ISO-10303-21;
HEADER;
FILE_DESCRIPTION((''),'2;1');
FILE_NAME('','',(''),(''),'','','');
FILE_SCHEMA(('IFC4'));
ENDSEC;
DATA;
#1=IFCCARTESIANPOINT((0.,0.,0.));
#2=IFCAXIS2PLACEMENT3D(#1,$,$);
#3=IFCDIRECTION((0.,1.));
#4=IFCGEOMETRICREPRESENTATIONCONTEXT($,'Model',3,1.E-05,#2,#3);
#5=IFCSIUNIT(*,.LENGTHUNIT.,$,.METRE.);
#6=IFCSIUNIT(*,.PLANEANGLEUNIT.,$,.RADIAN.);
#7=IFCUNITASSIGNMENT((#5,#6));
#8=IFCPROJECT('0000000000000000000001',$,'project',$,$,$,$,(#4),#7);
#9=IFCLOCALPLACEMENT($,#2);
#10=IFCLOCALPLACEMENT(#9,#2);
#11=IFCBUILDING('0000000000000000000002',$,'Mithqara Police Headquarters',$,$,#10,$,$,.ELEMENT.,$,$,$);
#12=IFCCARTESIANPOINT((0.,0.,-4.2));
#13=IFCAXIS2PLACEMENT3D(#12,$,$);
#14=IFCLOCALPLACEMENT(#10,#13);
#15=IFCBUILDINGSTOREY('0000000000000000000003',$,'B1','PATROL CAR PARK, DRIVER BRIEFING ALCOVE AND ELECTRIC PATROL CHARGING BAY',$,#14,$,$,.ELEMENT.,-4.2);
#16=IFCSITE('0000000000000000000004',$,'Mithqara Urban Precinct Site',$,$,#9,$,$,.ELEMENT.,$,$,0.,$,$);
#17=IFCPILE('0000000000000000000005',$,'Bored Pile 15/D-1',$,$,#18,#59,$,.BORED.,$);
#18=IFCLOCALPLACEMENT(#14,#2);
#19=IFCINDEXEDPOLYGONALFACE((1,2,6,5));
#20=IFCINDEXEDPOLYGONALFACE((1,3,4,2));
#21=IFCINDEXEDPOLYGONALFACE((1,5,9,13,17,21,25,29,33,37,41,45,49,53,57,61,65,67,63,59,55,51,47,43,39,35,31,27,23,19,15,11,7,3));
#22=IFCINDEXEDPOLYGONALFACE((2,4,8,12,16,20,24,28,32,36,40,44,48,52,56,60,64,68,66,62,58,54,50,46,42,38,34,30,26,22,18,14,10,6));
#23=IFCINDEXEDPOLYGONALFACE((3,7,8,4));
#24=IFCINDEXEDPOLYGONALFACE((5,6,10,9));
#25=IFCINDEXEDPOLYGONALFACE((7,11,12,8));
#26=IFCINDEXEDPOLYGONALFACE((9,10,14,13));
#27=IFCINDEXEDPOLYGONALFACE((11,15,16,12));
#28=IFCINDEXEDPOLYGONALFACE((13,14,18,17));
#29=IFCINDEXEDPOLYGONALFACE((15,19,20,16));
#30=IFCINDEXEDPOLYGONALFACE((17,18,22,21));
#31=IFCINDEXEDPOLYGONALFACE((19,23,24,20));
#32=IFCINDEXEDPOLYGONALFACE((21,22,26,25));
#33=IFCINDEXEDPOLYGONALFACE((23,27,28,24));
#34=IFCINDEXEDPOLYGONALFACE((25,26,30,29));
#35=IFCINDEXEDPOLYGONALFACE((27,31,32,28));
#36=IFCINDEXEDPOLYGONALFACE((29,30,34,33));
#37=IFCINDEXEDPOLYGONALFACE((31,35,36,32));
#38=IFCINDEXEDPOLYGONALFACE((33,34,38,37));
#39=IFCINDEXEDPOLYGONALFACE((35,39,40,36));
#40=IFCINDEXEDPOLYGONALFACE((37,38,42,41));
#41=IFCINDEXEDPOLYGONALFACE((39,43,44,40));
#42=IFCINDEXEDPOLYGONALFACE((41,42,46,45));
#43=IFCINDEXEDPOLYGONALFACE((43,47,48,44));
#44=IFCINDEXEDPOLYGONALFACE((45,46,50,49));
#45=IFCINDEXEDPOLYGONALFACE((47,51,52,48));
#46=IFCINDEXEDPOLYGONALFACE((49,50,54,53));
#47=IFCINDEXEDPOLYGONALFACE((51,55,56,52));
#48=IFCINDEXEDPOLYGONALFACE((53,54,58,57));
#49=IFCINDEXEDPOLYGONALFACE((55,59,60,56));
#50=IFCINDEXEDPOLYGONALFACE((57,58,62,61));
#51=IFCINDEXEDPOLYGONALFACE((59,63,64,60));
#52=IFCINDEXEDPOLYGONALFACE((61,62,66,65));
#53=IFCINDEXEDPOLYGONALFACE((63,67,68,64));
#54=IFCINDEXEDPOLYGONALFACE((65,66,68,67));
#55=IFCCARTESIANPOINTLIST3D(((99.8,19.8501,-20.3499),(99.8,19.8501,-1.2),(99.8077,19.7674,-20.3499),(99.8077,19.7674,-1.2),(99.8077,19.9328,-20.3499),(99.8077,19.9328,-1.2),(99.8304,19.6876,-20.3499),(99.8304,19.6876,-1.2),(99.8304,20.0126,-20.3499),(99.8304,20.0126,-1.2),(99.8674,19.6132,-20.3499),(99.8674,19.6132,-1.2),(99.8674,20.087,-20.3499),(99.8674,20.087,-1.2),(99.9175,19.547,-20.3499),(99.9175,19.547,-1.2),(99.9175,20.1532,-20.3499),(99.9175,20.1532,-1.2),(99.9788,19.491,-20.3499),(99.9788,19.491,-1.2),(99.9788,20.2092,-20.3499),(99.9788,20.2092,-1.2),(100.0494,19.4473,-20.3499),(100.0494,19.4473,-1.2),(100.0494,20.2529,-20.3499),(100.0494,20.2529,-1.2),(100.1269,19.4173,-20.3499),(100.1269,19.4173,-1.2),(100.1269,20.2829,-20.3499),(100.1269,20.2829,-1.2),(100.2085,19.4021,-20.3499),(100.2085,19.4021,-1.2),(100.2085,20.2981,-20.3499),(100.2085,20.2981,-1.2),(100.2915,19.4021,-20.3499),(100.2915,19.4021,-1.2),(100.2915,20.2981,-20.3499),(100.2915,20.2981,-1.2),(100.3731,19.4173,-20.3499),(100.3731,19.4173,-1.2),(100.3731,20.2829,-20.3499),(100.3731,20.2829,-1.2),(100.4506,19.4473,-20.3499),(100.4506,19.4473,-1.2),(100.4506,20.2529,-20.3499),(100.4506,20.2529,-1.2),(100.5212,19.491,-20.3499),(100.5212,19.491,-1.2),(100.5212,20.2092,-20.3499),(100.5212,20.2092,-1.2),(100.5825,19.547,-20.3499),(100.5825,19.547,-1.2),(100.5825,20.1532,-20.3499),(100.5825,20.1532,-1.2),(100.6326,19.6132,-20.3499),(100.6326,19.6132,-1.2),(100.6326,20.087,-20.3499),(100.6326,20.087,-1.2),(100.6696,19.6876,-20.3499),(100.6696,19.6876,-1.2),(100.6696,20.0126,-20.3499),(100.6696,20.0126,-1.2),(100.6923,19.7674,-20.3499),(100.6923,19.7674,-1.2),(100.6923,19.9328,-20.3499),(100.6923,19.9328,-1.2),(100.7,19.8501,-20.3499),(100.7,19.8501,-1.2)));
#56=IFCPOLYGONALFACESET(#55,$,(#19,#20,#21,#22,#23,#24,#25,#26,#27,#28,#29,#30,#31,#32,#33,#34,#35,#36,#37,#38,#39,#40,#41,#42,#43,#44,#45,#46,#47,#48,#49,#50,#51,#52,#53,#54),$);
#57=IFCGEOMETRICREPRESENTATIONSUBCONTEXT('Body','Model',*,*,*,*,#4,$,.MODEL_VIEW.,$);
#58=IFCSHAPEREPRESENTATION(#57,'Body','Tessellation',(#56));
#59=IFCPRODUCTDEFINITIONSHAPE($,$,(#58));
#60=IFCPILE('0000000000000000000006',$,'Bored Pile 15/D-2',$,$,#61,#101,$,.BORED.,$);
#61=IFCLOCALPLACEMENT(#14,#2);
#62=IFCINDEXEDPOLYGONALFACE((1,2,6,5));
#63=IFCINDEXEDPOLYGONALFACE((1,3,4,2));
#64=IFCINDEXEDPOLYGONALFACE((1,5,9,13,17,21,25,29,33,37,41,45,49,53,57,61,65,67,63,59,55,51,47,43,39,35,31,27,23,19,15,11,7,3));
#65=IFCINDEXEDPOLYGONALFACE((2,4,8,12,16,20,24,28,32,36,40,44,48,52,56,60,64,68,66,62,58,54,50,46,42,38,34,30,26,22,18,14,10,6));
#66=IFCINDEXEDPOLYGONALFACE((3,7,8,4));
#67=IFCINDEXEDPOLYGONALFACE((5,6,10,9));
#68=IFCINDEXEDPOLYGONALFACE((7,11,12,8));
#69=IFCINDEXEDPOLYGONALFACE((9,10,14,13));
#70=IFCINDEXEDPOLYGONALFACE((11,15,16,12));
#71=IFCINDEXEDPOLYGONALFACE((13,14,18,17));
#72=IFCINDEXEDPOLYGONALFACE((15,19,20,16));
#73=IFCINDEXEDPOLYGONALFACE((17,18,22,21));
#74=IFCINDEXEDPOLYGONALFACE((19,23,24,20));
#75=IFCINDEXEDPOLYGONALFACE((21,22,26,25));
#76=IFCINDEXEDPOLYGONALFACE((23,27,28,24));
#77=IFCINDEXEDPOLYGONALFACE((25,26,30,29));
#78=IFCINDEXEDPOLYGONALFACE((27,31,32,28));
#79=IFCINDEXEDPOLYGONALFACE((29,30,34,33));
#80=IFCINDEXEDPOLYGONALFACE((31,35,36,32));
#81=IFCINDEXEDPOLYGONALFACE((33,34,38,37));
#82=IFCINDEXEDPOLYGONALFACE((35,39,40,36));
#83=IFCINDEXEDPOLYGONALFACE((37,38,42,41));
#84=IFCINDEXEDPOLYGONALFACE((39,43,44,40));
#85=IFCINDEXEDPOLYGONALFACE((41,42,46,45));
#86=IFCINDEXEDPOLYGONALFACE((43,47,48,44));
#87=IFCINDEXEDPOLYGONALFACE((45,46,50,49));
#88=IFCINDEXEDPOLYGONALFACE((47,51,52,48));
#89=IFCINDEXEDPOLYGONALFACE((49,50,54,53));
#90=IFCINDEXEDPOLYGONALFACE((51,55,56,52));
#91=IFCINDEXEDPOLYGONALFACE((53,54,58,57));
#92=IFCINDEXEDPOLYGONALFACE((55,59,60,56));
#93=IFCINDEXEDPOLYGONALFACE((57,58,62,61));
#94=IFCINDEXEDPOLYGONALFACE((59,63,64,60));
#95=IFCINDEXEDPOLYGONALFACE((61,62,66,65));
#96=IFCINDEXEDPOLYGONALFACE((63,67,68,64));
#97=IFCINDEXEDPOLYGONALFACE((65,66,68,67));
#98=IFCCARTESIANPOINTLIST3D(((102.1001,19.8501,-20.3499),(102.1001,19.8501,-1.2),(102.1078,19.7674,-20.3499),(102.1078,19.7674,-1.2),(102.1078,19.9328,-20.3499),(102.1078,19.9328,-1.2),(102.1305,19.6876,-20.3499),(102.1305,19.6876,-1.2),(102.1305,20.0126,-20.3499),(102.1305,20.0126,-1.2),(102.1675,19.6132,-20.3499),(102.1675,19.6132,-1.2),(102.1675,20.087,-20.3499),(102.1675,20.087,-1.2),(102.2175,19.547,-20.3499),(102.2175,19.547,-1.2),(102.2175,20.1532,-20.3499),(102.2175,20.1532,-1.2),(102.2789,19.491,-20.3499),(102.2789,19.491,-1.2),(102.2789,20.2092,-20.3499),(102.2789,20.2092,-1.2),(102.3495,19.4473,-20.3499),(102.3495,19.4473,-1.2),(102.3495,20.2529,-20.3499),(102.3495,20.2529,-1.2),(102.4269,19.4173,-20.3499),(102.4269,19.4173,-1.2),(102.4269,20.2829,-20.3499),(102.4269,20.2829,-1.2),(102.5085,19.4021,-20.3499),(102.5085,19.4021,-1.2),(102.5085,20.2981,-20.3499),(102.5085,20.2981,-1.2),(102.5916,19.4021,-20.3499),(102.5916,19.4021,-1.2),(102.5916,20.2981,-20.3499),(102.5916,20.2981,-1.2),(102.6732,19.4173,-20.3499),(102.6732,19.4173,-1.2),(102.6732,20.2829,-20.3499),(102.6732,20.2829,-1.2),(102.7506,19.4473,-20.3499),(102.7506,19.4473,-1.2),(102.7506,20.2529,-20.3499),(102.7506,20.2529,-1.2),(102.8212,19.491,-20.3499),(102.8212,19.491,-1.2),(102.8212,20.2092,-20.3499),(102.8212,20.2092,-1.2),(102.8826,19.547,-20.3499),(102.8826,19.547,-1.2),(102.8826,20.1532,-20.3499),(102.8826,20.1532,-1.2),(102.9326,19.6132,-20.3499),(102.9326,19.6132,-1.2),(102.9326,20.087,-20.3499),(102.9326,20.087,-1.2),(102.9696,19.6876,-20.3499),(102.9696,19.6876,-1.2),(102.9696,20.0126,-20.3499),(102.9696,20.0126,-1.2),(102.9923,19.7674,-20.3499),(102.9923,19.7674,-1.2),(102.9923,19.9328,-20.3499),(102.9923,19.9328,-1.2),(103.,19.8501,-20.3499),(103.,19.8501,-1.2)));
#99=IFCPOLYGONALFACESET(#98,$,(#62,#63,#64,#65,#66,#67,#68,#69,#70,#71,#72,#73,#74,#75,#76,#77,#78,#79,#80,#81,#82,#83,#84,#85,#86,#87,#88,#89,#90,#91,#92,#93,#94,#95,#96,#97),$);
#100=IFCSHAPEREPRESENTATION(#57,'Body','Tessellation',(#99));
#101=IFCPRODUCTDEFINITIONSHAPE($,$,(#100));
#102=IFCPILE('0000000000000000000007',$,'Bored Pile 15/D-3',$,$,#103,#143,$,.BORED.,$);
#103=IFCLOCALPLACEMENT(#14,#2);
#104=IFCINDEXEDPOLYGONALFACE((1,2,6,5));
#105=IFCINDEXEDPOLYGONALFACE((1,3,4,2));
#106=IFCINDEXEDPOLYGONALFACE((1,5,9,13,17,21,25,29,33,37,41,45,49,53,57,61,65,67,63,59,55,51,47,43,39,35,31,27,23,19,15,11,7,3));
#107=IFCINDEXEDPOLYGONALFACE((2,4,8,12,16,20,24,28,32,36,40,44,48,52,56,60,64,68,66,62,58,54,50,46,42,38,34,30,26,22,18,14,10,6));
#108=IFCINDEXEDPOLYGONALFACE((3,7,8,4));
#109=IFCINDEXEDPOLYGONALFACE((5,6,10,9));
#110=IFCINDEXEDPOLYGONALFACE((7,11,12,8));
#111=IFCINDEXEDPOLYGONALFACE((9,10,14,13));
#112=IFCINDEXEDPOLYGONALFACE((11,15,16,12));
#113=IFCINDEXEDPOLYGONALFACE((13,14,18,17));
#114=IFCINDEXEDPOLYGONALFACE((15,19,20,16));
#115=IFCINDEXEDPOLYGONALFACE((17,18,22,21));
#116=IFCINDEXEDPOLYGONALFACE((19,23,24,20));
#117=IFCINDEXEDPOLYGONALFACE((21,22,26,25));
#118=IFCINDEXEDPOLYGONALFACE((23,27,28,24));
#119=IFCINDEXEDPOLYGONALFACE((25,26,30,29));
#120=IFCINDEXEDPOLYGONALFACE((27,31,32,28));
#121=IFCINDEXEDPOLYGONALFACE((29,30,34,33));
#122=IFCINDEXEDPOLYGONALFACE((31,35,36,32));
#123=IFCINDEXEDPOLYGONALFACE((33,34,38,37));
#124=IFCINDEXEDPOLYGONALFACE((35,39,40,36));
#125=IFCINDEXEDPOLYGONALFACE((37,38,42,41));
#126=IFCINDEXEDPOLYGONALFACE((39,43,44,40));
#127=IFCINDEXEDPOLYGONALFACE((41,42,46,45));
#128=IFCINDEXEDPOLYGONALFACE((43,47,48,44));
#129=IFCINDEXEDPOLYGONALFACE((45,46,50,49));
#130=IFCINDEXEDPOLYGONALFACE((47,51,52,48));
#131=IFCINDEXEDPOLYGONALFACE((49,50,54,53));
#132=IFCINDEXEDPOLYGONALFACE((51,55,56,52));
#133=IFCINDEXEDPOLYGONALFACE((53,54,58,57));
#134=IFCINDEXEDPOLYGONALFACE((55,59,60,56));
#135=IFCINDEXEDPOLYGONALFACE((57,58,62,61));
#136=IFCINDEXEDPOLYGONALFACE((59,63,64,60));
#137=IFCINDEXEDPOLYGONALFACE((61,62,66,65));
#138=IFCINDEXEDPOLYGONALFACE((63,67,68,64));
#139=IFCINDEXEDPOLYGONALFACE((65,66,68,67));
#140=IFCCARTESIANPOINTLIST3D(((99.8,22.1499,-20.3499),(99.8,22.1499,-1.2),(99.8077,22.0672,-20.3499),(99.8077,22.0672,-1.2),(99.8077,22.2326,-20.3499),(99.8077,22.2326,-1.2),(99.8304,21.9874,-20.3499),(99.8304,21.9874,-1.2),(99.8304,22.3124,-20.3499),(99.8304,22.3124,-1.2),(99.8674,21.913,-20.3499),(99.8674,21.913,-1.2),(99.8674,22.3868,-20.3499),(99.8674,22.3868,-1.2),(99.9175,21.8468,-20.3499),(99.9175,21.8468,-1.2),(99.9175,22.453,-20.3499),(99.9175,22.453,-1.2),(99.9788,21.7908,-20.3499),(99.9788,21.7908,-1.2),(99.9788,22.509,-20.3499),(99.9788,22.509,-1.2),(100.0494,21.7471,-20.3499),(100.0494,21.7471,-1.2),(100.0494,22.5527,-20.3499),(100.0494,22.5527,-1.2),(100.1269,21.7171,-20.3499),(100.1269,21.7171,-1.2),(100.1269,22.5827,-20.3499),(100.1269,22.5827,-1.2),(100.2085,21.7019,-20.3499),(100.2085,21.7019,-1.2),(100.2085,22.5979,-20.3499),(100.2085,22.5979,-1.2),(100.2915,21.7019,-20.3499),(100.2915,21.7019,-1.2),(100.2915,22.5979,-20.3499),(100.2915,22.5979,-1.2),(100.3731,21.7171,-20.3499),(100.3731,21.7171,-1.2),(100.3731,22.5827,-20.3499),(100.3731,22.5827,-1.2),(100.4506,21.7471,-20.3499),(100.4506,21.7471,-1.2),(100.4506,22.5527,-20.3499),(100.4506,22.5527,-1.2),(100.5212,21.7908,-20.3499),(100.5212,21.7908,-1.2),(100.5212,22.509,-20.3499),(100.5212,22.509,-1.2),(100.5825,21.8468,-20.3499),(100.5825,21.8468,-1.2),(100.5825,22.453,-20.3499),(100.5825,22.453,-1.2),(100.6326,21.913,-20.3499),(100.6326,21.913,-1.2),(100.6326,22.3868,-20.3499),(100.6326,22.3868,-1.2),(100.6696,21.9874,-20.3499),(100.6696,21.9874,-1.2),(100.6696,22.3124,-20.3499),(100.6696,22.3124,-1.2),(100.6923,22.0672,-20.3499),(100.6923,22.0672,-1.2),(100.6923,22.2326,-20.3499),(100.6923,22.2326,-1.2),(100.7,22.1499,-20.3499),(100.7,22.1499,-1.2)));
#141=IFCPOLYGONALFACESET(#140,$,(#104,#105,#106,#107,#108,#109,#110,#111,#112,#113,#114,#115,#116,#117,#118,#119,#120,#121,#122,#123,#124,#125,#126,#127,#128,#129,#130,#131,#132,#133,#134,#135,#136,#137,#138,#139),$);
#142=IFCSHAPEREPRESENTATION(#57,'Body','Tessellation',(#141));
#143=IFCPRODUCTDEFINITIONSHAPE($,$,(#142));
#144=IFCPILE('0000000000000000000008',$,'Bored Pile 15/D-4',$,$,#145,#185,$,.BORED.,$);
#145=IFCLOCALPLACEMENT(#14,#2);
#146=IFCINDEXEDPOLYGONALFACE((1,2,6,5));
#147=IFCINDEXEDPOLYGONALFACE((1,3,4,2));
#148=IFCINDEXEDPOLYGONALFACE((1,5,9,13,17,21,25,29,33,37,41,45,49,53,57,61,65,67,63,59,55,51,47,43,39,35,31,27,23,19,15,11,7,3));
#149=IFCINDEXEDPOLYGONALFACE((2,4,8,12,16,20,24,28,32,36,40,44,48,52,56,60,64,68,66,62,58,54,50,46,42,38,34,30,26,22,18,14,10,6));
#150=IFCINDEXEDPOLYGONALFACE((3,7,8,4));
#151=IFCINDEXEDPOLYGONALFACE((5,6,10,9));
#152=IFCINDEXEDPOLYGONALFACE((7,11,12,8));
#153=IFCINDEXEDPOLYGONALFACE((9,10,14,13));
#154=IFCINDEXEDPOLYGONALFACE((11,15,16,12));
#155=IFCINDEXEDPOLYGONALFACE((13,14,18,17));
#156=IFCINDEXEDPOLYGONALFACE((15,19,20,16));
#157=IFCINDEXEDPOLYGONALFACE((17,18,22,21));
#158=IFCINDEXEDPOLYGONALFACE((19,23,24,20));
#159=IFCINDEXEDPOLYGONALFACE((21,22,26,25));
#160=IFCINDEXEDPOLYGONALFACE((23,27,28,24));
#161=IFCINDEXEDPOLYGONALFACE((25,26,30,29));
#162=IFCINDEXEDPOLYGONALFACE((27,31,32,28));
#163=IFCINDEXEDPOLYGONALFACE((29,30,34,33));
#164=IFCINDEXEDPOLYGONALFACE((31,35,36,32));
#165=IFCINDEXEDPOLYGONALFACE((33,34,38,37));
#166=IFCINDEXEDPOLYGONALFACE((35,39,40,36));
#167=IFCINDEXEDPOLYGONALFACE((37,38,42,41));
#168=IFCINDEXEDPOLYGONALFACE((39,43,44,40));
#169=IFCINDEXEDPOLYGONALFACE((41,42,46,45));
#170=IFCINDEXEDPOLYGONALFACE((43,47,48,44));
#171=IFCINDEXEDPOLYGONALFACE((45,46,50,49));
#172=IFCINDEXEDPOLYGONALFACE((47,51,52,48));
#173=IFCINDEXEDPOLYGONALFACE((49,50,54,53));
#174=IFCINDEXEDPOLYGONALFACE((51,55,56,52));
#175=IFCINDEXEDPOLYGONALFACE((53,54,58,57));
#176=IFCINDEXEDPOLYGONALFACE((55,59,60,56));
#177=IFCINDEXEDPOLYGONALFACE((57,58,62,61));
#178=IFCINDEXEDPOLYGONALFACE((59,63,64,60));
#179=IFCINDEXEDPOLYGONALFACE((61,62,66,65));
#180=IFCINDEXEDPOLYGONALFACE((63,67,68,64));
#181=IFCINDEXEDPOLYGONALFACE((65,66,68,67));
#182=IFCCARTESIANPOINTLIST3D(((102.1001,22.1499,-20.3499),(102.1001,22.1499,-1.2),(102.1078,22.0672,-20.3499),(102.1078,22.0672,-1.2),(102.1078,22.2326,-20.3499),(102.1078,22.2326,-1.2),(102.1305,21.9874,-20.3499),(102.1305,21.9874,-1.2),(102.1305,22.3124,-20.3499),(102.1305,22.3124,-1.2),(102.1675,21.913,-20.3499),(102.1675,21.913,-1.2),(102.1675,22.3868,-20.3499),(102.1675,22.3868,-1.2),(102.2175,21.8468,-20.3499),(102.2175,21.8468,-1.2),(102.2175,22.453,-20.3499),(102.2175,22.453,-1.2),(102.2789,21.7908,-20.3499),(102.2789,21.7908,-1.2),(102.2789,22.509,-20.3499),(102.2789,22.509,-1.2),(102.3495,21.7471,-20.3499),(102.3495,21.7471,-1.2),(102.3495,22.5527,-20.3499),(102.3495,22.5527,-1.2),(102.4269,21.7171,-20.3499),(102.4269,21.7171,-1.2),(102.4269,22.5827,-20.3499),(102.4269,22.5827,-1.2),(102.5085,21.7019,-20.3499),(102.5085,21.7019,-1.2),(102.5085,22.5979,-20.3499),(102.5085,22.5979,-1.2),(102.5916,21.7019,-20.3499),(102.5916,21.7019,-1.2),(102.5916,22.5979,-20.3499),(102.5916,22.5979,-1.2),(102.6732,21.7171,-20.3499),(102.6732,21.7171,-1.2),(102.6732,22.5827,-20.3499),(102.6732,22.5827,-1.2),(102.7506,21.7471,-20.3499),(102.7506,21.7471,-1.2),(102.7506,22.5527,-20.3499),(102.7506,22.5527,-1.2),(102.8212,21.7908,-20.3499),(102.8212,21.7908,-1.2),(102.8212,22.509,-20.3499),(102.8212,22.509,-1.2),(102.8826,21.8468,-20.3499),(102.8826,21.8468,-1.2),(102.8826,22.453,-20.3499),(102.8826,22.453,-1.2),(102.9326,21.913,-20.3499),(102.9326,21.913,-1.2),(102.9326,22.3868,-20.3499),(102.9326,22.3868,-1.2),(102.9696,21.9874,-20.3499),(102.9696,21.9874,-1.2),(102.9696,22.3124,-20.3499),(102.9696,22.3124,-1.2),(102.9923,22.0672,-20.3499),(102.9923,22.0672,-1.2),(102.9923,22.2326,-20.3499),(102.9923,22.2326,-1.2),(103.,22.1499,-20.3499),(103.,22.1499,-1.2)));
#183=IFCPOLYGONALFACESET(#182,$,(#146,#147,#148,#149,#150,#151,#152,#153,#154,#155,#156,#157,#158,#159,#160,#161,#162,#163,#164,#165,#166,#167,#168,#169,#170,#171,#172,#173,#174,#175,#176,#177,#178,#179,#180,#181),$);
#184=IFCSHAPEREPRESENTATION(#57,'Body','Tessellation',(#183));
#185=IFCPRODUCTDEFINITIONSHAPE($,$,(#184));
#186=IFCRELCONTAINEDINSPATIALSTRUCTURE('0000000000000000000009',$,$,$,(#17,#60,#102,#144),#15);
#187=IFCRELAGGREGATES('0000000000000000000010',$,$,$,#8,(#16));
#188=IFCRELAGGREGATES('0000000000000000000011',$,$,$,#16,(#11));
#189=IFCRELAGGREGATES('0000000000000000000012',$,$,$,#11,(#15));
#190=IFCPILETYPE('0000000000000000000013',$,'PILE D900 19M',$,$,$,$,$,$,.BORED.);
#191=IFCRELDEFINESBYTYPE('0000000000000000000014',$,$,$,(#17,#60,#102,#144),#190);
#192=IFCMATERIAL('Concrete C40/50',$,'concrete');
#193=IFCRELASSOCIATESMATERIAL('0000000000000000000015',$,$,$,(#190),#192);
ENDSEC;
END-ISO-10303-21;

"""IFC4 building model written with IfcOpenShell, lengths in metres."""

from ifc_helpers import new_model, si_unit, direction, frame, origin, origin_2d, place, context, subcontext, project, spatial, circle, extrude, material, material_profile, profile_set, type_object, element, save


model = new_model("IFC4")

# Units and contexts
model_context = context("Model", 3, precision=1e-05, world=origin(), true_north=direction((0.0, 1.0)))
body_context = subcontext(model_context, "Body", "Model", "MODEL_VIEW")
ifc_project = project(units=[si_unit("LENGTHUNIT", "METRE"), si_unit("PLANEANGLEUNIT", "RADIAN")], contexts=[model_context])

# Site, building, storey
site_placement = place(None, origin())
site = spatial("IfcSite", under=ifc_project, at=site_placement, Name="Mithqara Urban Precinct Site", CompositionType="ELEMENT", RefElevation=0.0)
building_placement = place(site_placement, origin())
building = spatial("IfcBuilding", under=site, at=building_placement, Name="Mithqara Police Headquarters", CompositionType="ELEMENT")
storey_placement = place(building_placement, frame((0.0, 0.0, -4.2)))
storey = spatial("IfcBuildingStorey", under=building, at=storey_placement, Name="B1", Description="PATROL CAR PARK, DRIVER BRIEFING ALCOVE AND ELECTRIC PATROL CHARGING BAY", CompositionType="ELEMENT", Elevation=-4.2)

# Shared definitions
ifc_material_1 = material(Name="Concrete C40/50", Category="concrete")

# Piles
ifc_material_profile_1 = material_profile(ifc_material_1, circle(Radius=0.45, at=origin_2d()), Name="PILE D900")
ifc_profile_set_1 = profile_set([ifc_material_profile_1], Name="Concrete C40/50")
pile_type_1 = type_object("IfcPileType", Name="PILE D900 19M", PredefinedType="BORED", material=ifc_profile_set_1)
for number, where, z_axis, x_axis, name in (
    (1, (100.25, 19.8501, -1.2), (0.0, 0.0, -1.0), (1.0, 0.0, 0.0), "Bored Pile 15/D-1"),
    (2, (102.55, 19.8501, -1.2), (0.0, 0.0, -1.0), (1.0, 0.0, 0.0), "Bored Pile 15/D-2"),
    (3, (100.25, 22.1499, -1.2), (0.0, 0.0, -1.0), (1.0, 0.0, 0.0), "Bored Pile 15/D-3"),
    (4, (102.55, 22.1499, -1.2), (0.0, 0.0, -1.0), (1.0, 0.0, 0.0), "Bored Pile 15/D-4"),
):
    element("IfcPile", number, at=place(storey_placement, frame(where, z_axis=z_axis, x_axis=x_axis)), inside=storey, type_object=pile_type_1, Name=name, PredefinedType="BORED", context=body_context, shape_type="SweptSolid", body=[
        extrude(circle(Radius=0.45, at=origin_2d()), origin(), (0.0, 0.0, 1.0), 19.1499),
    ])

save(model, "model.ifc")
